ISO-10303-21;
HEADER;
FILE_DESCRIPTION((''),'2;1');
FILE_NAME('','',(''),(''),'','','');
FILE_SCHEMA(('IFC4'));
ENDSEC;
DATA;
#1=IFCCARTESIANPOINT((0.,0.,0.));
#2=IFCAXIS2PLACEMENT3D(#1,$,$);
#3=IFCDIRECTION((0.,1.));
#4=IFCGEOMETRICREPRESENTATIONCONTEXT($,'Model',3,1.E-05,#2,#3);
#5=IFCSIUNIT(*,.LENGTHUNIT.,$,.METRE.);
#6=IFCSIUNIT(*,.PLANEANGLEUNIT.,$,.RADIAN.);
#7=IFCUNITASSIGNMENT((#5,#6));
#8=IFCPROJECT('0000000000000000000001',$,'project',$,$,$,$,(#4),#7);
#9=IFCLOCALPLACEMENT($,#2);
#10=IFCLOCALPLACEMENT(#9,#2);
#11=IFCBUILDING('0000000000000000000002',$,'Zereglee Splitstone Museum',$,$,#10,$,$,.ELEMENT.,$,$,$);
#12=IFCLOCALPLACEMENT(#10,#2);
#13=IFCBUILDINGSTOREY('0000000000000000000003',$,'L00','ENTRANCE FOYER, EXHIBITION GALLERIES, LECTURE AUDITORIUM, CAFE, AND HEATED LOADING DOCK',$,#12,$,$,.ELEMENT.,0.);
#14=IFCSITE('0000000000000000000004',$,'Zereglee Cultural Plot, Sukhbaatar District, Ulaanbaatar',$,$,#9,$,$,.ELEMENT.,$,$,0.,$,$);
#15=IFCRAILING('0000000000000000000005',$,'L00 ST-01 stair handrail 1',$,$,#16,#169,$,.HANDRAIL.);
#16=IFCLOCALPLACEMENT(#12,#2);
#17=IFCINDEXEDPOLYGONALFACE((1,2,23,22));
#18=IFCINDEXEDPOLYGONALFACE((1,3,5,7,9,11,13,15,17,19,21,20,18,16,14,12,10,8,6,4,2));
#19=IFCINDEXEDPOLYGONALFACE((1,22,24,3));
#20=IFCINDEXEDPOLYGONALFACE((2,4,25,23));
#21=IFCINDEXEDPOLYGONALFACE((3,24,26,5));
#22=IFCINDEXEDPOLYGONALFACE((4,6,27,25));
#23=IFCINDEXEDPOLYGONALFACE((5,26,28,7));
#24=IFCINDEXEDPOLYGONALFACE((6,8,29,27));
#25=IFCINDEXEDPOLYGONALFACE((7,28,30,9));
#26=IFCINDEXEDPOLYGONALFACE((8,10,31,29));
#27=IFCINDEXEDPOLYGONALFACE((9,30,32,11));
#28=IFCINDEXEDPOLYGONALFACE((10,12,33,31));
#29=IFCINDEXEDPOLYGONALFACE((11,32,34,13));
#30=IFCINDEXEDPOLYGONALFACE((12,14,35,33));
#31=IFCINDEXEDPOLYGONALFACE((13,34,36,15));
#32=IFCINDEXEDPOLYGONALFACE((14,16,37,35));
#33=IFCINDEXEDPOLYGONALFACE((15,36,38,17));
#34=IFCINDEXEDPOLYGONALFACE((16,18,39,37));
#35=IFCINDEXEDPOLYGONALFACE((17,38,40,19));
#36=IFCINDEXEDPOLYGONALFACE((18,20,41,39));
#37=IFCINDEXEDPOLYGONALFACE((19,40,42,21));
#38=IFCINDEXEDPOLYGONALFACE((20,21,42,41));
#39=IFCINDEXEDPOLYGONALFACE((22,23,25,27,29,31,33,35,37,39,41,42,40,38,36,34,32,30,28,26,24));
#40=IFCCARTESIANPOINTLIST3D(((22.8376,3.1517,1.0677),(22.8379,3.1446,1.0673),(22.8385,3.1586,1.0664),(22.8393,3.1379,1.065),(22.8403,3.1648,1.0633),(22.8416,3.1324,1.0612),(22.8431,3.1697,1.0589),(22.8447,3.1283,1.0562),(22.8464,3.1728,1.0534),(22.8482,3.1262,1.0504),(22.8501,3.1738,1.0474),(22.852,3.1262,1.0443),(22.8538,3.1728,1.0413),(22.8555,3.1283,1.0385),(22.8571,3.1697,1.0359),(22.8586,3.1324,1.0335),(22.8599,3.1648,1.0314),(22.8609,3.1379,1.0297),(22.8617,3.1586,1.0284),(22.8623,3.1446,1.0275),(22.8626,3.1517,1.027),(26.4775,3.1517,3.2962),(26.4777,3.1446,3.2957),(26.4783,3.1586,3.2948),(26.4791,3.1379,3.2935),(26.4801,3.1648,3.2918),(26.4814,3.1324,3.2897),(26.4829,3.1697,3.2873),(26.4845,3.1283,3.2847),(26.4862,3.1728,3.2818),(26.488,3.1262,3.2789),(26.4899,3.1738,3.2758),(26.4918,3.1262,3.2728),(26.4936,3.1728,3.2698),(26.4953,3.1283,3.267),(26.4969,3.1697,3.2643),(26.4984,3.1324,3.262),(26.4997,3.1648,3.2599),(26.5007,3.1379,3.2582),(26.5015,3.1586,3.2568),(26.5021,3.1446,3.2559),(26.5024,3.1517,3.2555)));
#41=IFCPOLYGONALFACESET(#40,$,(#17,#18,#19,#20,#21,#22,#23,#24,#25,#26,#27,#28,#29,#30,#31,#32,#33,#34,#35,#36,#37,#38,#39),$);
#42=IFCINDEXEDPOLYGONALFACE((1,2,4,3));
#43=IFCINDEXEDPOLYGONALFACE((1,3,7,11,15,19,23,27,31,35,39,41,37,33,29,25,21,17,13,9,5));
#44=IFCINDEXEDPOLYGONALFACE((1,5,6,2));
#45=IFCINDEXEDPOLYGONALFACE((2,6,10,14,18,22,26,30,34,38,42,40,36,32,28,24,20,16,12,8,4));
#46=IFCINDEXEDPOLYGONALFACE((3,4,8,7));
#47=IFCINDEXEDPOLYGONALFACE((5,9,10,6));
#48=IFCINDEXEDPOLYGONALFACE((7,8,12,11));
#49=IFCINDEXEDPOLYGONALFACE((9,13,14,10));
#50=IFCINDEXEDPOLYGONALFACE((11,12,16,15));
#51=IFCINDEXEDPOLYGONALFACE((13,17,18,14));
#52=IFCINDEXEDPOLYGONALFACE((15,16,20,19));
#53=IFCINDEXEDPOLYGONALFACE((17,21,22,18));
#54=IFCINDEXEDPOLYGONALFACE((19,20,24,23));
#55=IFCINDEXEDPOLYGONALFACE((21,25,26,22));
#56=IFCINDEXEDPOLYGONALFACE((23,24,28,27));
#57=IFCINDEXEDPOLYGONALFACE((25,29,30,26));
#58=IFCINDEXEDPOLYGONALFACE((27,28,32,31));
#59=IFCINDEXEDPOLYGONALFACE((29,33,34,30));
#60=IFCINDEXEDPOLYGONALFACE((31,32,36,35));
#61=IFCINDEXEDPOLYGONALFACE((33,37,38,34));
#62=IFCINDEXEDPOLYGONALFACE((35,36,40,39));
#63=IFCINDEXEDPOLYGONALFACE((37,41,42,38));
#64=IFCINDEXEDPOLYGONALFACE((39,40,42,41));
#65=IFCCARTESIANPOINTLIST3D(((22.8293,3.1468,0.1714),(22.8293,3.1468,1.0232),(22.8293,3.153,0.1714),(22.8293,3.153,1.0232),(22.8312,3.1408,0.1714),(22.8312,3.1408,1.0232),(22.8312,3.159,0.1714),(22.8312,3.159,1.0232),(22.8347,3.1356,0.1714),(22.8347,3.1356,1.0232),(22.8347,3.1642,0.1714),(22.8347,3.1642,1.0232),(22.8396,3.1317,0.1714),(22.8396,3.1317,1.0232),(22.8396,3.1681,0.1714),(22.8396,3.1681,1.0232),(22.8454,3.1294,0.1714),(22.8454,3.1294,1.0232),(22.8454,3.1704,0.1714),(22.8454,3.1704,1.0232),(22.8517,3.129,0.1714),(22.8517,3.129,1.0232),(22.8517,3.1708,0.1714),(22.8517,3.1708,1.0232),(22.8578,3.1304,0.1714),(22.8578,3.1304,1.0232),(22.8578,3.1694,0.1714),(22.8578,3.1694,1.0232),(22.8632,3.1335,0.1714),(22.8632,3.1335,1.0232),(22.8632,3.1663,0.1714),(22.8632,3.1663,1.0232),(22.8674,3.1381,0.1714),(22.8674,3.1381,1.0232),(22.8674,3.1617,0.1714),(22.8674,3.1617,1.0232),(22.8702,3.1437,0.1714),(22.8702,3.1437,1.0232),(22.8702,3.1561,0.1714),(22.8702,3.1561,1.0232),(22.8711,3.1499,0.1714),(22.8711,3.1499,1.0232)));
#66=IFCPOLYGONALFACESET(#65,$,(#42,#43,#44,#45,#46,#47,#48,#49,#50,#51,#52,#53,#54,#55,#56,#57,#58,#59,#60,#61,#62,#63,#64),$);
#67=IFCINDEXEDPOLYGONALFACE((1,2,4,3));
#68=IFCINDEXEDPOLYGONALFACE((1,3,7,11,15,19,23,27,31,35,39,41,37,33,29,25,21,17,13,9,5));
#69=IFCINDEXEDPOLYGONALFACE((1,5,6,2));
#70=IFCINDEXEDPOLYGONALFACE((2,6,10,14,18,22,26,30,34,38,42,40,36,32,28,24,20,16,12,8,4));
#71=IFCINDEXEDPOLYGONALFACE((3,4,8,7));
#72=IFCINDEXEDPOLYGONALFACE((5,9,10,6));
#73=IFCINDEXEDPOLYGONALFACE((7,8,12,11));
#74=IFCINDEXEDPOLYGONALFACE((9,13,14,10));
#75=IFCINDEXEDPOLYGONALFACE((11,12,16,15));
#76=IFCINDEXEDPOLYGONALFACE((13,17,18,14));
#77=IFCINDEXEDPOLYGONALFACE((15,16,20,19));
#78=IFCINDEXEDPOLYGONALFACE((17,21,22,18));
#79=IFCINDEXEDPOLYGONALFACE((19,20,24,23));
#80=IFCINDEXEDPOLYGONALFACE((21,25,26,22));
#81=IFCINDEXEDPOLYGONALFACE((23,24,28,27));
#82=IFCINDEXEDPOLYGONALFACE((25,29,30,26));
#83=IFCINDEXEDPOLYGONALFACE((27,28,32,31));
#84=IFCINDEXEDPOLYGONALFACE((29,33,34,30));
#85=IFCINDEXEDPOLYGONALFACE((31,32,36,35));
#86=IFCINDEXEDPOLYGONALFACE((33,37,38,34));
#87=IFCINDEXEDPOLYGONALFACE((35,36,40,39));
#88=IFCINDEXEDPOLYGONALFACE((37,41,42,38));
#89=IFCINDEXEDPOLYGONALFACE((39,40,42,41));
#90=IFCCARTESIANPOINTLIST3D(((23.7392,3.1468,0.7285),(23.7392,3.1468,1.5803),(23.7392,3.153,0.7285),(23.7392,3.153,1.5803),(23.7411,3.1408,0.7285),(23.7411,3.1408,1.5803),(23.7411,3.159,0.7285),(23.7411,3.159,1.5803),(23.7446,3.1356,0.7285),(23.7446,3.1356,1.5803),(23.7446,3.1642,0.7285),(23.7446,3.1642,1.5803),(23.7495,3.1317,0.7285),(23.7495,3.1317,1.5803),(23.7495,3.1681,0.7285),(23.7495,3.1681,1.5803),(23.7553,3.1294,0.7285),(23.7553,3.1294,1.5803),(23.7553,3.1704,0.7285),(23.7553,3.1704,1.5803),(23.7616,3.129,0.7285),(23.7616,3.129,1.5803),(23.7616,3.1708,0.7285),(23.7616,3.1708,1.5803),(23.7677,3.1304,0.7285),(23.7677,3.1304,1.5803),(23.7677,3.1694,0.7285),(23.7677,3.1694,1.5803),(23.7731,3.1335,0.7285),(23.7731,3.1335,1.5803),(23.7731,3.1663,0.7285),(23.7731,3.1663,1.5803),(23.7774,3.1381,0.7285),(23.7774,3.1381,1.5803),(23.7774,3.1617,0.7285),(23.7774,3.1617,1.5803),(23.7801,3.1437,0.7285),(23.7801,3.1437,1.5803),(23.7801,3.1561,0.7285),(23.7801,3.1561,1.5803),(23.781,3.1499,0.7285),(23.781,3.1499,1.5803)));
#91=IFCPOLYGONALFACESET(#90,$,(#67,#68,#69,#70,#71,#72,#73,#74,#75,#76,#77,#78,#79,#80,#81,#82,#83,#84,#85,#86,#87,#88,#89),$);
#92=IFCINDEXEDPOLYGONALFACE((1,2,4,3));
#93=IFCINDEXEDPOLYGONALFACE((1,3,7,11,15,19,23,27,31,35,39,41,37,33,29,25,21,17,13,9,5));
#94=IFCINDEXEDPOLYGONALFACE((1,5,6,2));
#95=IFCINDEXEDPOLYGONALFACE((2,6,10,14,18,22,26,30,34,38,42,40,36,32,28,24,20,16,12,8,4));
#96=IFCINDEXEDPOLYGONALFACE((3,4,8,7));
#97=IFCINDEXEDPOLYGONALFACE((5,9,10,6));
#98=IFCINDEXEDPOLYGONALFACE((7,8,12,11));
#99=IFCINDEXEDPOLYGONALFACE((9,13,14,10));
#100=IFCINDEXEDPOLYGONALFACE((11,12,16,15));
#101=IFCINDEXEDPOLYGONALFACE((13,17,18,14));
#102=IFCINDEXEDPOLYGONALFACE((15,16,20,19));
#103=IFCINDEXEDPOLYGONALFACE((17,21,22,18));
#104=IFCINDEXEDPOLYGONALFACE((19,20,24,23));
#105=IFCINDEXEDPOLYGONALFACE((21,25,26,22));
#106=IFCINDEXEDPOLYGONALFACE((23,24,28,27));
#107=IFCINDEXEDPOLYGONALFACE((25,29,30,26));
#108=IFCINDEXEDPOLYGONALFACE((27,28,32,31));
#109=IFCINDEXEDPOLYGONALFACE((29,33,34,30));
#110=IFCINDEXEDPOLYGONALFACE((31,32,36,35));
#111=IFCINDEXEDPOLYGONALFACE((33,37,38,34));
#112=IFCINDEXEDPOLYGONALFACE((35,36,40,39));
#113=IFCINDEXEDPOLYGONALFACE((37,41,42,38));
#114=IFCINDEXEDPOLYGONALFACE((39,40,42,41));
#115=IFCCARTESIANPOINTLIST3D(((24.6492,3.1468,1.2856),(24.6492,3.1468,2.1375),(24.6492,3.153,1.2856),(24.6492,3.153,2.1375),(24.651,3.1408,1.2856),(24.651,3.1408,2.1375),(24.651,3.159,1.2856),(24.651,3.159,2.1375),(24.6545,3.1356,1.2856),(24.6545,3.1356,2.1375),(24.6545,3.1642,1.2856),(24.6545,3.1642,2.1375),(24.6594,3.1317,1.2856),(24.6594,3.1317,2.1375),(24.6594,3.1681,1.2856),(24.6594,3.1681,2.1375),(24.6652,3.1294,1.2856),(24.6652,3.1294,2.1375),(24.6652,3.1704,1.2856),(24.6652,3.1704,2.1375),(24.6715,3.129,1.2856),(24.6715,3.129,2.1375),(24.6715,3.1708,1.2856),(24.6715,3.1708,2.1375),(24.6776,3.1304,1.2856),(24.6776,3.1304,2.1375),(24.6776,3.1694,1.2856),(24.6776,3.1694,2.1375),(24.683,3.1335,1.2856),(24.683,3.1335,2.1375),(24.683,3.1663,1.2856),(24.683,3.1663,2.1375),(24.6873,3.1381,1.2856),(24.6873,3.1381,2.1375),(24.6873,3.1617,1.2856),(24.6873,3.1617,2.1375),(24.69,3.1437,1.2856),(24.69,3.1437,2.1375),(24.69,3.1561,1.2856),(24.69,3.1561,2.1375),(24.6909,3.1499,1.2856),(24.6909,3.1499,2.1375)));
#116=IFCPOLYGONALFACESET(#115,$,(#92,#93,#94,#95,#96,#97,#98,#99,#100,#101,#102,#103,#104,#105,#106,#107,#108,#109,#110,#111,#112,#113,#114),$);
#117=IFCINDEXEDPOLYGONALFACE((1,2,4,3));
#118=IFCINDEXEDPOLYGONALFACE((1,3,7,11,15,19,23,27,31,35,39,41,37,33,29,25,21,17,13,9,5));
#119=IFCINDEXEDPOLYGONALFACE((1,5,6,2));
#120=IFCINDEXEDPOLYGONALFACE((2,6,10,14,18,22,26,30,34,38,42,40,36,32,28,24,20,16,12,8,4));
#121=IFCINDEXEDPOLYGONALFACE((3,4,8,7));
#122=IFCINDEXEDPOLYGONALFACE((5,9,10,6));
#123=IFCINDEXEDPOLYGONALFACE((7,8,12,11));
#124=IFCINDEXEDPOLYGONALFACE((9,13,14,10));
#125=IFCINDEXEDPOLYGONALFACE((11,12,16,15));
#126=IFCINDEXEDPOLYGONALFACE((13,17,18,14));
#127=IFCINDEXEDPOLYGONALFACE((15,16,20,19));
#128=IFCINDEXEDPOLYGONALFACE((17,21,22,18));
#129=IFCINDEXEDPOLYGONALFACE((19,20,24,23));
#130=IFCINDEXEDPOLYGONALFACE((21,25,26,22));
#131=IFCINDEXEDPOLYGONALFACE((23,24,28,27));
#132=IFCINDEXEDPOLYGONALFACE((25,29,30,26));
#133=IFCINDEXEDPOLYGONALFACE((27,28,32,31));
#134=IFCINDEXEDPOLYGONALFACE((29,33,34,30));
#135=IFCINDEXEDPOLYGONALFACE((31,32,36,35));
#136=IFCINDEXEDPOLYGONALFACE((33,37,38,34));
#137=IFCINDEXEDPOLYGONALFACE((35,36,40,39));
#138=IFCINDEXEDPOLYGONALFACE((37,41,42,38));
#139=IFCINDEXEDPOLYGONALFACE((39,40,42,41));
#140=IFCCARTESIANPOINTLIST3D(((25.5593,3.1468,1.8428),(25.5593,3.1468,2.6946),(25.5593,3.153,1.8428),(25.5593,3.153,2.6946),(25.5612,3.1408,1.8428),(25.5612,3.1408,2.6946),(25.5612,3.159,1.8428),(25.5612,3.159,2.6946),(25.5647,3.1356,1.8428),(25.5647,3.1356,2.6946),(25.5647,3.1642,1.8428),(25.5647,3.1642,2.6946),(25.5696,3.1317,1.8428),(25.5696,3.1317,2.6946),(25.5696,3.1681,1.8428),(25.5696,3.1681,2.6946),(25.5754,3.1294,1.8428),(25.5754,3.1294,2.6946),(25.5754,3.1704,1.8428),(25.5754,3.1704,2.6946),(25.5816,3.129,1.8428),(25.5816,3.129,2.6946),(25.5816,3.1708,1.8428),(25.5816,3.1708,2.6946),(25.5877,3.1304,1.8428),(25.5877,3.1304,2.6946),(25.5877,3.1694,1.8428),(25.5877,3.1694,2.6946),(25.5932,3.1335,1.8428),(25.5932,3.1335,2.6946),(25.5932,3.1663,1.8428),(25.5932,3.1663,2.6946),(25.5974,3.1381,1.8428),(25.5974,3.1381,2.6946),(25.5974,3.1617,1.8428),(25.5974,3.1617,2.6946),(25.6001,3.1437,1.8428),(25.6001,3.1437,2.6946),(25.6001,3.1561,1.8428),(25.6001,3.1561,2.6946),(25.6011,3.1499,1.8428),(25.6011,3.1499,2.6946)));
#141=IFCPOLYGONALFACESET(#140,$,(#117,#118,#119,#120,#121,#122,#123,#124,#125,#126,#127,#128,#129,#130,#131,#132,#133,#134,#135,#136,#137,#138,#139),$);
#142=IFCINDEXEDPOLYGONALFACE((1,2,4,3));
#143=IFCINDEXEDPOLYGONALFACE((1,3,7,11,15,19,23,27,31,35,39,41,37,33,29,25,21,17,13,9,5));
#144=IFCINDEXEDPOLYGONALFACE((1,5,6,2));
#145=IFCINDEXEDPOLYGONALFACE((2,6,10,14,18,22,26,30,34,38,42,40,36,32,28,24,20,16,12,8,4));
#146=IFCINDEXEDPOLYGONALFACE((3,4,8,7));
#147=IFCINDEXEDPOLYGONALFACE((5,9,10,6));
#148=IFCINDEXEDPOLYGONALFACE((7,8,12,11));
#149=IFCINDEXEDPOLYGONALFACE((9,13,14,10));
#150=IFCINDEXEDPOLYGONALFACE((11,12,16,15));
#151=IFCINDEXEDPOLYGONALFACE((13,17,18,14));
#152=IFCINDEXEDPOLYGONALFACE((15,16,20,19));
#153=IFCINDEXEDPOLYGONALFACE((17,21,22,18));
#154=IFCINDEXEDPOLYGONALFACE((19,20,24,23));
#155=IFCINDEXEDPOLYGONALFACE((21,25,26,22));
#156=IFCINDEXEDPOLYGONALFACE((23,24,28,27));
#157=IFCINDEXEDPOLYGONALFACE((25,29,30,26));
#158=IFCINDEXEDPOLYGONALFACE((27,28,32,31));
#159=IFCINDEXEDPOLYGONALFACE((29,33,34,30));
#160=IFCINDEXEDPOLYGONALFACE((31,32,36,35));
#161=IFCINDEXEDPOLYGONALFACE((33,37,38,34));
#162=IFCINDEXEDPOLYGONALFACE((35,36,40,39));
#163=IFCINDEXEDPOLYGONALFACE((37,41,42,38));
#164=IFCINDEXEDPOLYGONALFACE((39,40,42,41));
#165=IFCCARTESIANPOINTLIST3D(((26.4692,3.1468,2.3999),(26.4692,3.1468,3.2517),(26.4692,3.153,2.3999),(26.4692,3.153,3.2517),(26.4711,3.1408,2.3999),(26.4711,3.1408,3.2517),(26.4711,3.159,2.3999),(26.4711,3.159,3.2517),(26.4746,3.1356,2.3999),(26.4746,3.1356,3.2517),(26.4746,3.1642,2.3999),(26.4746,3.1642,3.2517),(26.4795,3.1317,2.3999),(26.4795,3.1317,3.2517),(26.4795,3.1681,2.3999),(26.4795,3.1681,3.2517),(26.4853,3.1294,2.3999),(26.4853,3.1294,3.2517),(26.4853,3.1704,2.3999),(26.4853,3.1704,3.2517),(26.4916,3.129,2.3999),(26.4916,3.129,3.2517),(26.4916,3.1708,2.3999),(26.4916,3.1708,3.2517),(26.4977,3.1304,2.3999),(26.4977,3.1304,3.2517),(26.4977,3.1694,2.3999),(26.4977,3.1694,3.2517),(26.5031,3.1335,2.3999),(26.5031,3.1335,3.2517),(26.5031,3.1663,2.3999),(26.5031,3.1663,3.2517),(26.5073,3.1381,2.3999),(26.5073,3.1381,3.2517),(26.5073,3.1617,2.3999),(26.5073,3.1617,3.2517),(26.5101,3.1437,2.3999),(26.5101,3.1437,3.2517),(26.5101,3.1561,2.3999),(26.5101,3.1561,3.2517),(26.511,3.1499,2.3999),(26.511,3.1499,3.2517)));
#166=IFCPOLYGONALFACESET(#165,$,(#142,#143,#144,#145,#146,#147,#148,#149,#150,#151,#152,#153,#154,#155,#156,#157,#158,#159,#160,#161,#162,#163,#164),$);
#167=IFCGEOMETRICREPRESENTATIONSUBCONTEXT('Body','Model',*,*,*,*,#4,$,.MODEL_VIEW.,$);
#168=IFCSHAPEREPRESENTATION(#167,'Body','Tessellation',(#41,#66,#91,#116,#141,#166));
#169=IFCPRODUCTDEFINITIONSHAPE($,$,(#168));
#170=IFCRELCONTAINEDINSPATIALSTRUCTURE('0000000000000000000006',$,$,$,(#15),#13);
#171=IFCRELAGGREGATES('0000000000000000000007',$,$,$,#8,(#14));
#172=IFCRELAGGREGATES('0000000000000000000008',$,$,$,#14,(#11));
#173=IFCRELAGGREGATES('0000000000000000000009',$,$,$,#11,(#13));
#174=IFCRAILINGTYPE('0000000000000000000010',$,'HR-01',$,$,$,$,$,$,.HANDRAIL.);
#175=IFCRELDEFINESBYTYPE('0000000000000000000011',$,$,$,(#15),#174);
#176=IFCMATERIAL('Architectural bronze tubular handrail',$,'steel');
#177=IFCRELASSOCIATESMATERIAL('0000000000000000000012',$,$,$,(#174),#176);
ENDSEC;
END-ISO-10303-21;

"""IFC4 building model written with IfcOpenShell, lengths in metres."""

from ifc_helpers import new_model, si_unit, direction, frame, origin, origin_2d, place, context, subcontext, project, spatial, circle, extrude, material, type_object, element, save


model = new_model("IFC4")

# Units and contexts
model_context = context("Model", 3, precision=1e-05, world=origin(), true_north=direction((0.0, 1.0)))
body_context = subcontext(model_context, "Body", "Model", "MODEL_VIEW")
ifc_project = project(units=[si_unit("LENGTHUNIT", "METRE"), si_unit("PLANEANGLEUNIT", "RADIAN")], contexts=[model_context])

# Site, building, storey
site_placement = place(None, origin())
site = spatial("IfcSite", under=ifc_project, at=site_placement, Name="Zereglee Cultural Plot, Sukhbaatar District, Ulaanbaatar", CompositionType="ELEMENT", RefElevation=0.0)
building_placement = place(site_placement, origin())
building = spatial("IfcBuilding", under=site, at=building_placement, Name="Zereglee Splitstone Museum", CompositionType="ELEMENT")
storey_placement = place(building_placement, origin())
storey = spatial("IfcBuildingStorey", under=building, at=storey_placement, Name="L00", Description="ENTRANCE FOYER, EXHIBITION GALLERIES, LECTURE AUDITORIUM, CAFE, AND HEATED LOADING DOCK", CompositionType="ELEMENT", Elevation=0.0)

# Railing
ifc_material_1 = material(Name="Architectural bronze tubular handrail", Category="steel")
railing_type_1 = type_object("IfcRailingType", Name="HR-01", PredefinedType="HANDRAIL", material=ifc_material_1)
railing_1_placement = place(storey_placement, frame((22.8501, 3.1499, 0.1714)))
element("IfcRailing", 1, at=railing_1_placement, inside=storey, type_object=railing_type_1, Name="L00 ST-01 stair handrail 1", PredefinedType="HANDRAIL", context=body_context, shape_type="SweptSolid", body=[
    extrude(circle(Radius=0.0239, at=origin_2d()), frame((0.0, 0.0, 0.876), z_axis=(0.85285, 0.0, 0.522156), x_axis=(0.0, 1.0, 0.0)), (0.0, 0.0, 1.0), 4.2678),
    extrude(circle(Radius=0.021, at=origin_2d()), origin(), (0.0, 0.0, 1.0), 0.8518),
    extrude(circle(Radius=0.021, at=origin_2d()), frame((0.9099, 0.0, 0.5571)), (0.0, 0.0, 1.0), 0.8518),
    extrude(circle(Radius=0.021, at=origin_2d()), frame((1.8198, 0.0, 1.1143)), (0.0, 0.0, 1.0), 0.8518),
    extrude(circle(Radius=0.021, at=origin_2d()), frame((2.73, 0.0, 1.6714)), (0.0, 0.0, 1.0), 0.8518),
    extrude(circle(Radius=0.021, at=origin_2d()), frame((3.6399, 0.0, 2.2285)), (0.0, 0.0, 1.0), 0.8518),
])

save(model, "model.ifc")
